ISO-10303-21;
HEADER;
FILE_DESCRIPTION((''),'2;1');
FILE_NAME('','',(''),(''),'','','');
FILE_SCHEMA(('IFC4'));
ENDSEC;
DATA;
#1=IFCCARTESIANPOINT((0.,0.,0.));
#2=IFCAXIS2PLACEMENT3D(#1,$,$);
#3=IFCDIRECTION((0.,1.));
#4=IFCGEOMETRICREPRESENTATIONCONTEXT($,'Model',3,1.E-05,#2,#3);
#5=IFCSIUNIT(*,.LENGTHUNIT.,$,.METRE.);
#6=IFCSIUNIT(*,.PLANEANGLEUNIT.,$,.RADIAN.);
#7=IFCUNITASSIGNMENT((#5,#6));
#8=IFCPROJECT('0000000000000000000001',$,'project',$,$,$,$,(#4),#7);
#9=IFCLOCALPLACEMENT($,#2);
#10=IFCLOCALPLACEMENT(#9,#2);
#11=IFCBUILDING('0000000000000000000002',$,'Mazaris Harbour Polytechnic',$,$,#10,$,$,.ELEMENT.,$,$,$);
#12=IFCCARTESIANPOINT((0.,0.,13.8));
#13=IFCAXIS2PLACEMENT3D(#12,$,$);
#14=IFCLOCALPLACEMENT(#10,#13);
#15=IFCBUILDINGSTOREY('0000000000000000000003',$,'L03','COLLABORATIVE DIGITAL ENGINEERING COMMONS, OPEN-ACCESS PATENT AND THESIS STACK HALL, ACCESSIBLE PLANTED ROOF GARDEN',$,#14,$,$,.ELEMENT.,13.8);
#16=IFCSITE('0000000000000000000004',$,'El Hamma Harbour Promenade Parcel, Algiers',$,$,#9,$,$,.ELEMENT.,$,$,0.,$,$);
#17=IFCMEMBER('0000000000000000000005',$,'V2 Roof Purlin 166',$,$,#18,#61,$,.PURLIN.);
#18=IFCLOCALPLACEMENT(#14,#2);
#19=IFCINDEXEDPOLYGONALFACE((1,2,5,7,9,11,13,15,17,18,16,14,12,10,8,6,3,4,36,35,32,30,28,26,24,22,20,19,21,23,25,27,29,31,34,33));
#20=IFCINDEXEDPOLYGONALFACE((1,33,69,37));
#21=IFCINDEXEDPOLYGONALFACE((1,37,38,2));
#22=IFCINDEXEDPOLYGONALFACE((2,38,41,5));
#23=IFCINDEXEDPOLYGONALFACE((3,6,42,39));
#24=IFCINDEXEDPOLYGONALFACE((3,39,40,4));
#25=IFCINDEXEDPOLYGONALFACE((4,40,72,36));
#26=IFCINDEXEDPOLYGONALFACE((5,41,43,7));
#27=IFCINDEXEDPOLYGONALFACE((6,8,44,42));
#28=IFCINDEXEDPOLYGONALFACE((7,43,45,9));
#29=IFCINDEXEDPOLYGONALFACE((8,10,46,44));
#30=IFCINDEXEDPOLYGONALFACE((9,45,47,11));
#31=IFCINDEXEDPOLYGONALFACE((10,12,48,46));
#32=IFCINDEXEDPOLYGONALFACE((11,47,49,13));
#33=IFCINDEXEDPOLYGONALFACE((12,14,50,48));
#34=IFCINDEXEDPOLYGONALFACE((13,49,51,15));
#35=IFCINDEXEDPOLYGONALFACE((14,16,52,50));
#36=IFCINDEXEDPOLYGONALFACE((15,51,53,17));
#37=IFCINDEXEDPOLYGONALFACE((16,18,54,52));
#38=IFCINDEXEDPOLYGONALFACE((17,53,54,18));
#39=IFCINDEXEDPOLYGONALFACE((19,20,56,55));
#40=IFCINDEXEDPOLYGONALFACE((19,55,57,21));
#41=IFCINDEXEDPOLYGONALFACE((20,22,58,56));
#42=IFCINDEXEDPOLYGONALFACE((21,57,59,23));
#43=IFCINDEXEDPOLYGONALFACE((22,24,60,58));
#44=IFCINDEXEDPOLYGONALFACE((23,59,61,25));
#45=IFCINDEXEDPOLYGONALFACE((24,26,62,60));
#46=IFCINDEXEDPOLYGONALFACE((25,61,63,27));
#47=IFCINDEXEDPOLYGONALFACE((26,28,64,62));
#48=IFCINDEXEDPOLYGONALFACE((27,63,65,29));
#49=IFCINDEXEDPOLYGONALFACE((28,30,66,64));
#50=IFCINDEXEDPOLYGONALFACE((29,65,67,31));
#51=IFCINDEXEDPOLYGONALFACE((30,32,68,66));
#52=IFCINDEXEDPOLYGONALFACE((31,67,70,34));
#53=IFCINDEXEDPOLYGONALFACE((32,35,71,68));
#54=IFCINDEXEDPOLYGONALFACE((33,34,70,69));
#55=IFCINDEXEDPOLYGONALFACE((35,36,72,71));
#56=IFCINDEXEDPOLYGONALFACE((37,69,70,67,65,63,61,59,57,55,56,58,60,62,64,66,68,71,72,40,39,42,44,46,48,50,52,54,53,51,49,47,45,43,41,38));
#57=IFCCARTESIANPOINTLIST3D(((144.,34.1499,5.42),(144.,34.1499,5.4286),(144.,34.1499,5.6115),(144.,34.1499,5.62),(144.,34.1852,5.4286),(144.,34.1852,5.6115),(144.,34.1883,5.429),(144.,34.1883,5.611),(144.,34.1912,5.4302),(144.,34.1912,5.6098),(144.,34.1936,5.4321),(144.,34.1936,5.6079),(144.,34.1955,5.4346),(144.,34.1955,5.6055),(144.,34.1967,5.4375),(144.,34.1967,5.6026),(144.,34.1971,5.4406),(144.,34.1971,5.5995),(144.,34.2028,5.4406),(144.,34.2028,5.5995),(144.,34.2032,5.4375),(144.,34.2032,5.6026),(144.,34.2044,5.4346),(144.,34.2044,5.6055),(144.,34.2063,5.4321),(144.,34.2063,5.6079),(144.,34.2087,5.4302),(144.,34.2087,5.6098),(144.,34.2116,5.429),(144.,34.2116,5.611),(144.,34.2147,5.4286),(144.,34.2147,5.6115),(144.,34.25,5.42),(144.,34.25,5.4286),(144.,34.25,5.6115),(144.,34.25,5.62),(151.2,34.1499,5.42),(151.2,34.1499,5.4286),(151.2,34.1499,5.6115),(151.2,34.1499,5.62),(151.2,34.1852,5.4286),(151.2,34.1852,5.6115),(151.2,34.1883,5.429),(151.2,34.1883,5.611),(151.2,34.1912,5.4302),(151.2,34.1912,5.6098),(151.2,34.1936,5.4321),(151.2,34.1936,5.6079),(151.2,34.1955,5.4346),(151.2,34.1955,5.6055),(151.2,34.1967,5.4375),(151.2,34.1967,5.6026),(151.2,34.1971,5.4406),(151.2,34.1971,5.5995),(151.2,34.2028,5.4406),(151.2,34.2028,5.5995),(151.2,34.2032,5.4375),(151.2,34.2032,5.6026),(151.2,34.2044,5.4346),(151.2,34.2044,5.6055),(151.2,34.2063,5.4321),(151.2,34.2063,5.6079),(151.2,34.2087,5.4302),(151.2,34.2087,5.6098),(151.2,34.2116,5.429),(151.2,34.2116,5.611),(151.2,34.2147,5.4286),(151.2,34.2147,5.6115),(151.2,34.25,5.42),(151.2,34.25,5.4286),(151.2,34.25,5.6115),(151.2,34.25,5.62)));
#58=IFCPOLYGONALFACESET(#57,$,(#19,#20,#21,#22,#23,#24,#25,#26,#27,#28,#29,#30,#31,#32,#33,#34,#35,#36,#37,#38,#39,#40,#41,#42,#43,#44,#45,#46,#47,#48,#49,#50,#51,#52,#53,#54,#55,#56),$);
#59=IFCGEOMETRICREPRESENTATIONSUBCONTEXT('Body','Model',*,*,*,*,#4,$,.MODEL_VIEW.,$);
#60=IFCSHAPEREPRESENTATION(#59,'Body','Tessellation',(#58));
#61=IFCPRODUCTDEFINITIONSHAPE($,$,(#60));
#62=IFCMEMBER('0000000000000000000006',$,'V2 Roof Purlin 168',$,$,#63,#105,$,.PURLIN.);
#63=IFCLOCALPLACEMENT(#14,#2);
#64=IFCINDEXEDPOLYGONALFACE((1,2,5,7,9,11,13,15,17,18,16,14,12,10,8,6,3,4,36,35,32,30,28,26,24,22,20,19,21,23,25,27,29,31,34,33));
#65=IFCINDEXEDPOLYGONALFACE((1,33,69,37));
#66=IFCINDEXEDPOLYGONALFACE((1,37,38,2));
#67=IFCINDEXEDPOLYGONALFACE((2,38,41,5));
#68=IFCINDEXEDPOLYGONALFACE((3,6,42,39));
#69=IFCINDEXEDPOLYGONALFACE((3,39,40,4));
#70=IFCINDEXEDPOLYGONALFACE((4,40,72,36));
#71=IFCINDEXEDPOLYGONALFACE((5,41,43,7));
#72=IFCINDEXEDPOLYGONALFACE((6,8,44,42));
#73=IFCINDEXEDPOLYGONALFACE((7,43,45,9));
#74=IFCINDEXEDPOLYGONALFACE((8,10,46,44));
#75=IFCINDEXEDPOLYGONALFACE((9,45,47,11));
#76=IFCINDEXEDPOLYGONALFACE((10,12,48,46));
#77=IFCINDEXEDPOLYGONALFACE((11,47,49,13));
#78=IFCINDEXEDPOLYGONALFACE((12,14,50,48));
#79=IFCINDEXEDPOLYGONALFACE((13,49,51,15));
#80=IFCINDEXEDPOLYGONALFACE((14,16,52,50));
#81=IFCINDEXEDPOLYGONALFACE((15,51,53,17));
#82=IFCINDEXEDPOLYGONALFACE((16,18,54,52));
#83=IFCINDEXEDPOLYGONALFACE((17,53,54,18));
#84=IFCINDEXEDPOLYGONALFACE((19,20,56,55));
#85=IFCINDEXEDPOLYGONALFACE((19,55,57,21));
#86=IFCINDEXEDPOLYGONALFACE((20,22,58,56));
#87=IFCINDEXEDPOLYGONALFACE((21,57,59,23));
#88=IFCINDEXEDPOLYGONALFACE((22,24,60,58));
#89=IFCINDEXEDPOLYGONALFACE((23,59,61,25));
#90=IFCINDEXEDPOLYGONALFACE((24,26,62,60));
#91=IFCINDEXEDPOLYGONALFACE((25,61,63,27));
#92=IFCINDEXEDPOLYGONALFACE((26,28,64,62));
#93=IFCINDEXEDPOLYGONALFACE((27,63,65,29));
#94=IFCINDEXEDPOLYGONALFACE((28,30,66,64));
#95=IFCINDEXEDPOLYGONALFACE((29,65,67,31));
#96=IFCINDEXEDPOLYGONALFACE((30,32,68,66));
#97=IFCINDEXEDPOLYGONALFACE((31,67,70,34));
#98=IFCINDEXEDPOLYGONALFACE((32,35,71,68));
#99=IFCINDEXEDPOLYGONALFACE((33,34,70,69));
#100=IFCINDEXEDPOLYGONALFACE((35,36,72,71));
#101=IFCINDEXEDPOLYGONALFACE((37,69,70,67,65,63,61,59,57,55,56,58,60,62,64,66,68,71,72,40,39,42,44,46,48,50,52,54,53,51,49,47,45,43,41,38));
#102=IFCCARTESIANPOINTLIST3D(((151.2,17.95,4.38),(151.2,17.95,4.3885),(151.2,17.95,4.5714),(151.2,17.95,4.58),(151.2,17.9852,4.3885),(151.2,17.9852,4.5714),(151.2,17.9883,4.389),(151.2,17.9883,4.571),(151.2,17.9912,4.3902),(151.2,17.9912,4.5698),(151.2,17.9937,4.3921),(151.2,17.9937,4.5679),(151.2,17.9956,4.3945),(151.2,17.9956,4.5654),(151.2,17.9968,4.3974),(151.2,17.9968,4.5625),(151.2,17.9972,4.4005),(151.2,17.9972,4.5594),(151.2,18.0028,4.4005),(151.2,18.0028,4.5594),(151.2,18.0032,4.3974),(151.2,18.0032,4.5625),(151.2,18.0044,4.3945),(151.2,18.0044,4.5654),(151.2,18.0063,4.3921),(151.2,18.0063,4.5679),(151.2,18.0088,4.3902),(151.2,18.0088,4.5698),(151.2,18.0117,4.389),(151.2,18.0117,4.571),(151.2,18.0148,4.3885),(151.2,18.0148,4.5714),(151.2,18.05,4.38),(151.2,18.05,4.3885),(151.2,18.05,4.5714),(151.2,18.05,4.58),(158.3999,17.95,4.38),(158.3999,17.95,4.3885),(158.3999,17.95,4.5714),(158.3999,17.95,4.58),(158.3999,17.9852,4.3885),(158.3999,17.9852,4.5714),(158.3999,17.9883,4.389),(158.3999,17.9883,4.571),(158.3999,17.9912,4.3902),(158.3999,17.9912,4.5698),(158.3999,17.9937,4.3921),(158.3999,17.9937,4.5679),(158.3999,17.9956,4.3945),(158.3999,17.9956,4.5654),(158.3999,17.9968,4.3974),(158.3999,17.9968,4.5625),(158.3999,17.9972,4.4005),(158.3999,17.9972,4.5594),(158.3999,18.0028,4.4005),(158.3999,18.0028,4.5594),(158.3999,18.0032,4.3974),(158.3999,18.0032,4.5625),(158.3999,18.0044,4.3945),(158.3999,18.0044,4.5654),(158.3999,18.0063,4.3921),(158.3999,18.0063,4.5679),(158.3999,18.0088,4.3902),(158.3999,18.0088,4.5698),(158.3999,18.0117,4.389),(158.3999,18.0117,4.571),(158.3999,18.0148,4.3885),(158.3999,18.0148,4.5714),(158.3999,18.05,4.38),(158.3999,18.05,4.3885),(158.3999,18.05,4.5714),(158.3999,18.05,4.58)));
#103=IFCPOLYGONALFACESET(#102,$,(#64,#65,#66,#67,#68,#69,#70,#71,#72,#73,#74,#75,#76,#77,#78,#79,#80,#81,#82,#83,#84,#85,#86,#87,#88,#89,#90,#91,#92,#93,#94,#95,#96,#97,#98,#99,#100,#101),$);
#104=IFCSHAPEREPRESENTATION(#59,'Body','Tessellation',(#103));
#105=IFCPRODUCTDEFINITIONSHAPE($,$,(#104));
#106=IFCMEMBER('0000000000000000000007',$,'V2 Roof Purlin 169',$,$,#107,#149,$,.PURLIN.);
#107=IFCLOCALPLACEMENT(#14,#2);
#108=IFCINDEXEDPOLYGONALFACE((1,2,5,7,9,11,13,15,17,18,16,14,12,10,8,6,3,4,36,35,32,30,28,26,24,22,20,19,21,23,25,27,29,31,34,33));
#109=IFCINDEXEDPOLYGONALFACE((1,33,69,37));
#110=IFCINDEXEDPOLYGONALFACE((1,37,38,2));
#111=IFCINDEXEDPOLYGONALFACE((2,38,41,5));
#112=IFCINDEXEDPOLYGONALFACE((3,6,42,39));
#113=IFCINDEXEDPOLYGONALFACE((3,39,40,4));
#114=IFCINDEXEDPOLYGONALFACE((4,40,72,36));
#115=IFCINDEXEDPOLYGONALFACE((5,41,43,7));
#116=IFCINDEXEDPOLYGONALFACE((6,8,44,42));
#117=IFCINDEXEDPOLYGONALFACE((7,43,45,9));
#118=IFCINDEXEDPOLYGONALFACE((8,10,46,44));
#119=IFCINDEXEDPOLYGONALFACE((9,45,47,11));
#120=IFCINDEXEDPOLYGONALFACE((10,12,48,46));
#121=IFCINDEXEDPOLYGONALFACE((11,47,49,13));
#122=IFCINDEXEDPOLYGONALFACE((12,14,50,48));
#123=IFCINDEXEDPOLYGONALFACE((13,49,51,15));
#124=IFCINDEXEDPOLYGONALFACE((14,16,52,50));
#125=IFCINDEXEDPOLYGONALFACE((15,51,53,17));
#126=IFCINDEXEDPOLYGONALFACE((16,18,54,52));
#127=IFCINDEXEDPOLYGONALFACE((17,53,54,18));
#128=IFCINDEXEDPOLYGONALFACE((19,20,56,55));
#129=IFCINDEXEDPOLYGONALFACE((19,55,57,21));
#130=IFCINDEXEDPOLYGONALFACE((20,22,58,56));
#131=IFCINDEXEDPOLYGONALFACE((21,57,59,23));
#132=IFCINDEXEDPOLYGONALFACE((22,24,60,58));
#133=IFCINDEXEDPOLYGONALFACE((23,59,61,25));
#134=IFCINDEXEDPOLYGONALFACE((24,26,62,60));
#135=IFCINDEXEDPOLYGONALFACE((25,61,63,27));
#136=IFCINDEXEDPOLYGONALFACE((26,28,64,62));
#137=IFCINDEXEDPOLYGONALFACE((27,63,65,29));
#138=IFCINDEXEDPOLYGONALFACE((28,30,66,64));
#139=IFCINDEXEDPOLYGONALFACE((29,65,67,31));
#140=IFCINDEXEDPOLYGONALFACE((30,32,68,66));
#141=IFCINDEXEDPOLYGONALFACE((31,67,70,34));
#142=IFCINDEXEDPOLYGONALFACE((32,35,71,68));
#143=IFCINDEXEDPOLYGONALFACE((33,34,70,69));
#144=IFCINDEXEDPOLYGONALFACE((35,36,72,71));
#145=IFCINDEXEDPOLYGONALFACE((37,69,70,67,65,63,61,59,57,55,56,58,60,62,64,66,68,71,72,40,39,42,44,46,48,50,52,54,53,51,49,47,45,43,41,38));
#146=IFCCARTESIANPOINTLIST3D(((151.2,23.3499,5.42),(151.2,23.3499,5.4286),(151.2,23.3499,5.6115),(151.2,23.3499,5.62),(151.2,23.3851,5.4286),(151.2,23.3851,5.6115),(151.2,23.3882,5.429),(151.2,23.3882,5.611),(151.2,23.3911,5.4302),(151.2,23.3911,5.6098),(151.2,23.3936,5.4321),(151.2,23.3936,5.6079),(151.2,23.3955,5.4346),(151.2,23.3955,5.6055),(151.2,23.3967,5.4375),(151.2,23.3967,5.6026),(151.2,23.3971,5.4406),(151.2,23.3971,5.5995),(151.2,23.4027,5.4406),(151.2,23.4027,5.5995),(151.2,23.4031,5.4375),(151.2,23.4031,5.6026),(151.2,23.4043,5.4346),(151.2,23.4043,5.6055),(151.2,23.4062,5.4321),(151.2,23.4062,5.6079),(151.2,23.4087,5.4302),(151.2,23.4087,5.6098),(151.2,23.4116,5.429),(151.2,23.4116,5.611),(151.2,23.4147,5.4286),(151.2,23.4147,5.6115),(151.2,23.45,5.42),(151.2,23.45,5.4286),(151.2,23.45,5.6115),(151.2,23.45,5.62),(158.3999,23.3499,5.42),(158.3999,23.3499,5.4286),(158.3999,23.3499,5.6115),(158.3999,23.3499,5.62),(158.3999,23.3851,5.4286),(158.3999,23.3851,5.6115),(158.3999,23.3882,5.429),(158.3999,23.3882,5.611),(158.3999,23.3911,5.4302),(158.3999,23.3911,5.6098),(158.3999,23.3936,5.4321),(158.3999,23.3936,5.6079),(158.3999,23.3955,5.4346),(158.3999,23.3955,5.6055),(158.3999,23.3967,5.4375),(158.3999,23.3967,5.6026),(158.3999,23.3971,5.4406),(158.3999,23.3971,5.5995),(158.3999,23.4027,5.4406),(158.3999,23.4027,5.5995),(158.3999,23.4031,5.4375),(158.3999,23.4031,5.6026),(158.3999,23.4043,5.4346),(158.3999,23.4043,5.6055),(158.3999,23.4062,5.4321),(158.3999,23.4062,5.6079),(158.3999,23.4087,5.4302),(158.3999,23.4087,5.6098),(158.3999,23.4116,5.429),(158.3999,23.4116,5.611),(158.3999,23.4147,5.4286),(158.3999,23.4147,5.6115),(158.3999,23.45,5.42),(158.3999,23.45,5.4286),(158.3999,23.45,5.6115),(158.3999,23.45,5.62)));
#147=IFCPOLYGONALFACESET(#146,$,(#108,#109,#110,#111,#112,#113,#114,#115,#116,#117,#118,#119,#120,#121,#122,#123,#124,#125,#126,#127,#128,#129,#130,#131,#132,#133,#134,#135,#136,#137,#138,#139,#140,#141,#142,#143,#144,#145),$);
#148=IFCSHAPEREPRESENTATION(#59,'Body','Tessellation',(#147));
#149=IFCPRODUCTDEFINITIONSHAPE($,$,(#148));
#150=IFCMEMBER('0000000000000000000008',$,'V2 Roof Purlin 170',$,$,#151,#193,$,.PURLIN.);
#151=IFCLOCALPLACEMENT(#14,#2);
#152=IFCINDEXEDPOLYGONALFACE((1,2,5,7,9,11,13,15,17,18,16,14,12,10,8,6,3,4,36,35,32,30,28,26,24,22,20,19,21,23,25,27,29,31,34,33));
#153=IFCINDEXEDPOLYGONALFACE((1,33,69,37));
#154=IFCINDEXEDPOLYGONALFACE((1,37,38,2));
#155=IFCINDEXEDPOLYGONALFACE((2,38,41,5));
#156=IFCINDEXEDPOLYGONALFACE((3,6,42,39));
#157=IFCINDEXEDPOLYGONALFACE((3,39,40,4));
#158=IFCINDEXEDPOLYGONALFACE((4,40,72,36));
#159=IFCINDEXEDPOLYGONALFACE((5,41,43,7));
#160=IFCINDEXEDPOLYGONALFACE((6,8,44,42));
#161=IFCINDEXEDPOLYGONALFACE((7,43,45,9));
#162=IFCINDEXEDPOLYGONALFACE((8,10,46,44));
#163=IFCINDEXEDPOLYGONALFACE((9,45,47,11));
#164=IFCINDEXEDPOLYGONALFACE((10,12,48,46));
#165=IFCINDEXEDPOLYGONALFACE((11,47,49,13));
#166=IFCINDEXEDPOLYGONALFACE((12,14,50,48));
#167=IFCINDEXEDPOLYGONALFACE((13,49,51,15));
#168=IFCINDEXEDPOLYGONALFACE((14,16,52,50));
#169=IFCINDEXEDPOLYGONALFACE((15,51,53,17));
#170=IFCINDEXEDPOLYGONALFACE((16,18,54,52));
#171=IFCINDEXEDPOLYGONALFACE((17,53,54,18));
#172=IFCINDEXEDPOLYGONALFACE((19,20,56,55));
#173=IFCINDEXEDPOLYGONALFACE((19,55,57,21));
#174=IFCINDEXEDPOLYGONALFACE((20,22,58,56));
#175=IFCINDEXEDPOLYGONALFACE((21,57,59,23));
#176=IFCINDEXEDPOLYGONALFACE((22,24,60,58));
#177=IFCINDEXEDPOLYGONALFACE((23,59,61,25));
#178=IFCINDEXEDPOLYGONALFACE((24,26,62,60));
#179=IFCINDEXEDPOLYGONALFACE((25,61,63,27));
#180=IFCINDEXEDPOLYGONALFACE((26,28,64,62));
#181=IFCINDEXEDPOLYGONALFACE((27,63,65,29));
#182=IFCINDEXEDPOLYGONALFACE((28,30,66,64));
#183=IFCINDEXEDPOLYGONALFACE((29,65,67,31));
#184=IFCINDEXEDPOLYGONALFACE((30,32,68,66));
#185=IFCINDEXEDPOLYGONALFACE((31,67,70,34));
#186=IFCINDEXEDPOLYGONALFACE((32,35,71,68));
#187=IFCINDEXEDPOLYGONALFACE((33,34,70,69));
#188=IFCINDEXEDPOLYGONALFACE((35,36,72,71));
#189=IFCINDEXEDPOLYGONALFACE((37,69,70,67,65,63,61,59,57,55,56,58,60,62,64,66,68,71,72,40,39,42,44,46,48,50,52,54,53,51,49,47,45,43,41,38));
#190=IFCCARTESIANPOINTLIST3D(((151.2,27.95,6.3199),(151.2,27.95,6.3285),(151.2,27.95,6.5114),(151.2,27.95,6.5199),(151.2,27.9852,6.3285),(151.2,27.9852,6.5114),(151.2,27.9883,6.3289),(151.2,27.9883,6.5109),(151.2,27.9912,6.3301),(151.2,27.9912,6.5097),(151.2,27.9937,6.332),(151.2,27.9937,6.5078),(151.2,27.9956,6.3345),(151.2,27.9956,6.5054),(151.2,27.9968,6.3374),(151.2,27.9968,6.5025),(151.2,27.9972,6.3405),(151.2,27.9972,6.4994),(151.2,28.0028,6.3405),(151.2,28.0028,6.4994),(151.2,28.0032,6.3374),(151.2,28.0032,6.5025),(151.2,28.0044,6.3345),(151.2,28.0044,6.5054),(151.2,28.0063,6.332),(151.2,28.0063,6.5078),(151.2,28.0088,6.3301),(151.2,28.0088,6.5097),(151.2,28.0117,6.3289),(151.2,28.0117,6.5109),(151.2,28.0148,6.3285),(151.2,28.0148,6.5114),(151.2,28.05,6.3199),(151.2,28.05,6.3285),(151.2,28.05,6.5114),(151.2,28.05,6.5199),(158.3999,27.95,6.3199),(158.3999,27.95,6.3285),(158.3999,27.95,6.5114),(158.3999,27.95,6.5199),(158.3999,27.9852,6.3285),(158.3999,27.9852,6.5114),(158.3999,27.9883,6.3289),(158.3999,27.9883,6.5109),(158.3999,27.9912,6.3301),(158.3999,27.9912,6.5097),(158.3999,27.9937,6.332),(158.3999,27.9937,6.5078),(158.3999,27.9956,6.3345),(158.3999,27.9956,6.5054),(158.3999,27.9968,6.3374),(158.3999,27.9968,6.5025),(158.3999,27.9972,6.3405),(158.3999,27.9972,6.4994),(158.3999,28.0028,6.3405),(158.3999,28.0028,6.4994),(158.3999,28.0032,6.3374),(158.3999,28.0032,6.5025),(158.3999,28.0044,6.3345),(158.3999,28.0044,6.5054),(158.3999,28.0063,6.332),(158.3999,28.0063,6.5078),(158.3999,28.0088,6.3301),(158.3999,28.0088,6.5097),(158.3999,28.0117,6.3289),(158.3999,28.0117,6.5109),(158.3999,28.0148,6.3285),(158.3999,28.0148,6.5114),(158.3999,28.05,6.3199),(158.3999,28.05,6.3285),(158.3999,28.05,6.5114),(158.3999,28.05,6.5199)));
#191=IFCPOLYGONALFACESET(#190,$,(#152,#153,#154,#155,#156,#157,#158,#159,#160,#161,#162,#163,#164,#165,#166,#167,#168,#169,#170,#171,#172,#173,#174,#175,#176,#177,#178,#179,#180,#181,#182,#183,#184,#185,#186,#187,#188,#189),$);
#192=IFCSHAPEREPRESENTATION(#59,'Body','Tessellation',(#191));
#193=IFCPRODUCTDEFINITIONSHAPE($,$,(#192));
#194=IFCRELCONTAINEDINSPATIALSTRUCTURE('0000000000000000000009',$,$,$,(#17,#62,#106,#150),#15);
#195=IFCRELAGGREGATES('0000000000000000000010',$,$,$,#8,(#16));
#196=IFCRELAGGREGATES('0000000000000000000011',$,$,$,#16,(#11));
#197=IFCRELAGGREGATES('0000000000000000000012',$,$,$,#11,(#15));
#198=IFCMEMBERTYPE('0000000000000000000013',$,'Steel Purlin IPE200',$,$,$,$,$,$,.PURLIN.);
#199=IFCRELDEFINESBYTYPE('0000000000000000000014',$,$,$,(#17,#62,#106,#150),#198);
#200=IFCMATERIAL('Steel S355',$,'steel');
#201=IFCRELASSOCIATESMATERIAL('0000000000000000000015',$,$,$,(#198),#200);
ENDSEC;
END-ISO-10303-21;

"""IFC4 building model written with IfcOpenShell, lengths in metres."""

from ifc_helpers import new_model, si_unit, direction, frame, origin, origin_2d, place, context, subcontext, project, spatial, i_section, extrude, material, material_profile, profile_set, type_object, element, save


model = new_model("IFC4")

# Units and contexts
model_context = context("Model", 3, precision=1e-05, world=origin(), true_north=direction((0.0, 1.0)))
body_context = subcontext(model_context, "Body", "Model", "MODEL_VIEW")
ifc_project = project(units=[si_unit("LENGTHUNIT", "METRE"), si_unit("PLANEANGLEUNIT", "RADIAN")], contexts=[model_context])

# Site, building, storey
site_placement = place(None, origin())
site = spatial("IfcSite", under=ifc_project, at=site_placement, Name="El Hamma Harbour Promenade Parcel, Algiers", CompositionType="ELEMENT", RefElevation=0.0)
building_placement = place(site_placement, origin())
building = spatial("IfcBuilding", under=site, at=building_placement, Name="Mazaris Harbour Polytechnic", CompositionType="ELEMENT")
storey_placement = place(building_placement, frame((0.0, 0.0, 13.8)))
storey = spatial("IfcBuildingStorey", under=building, at=storey_placement, Name="L03", Description="COLLABORATIVE DIGITAL ENGINEERING COMMONS, OPEN-ACCESS PATENT AND THESIS STACK HALL, ACCESSIBLE PLANTED ROOF GARDEN", CompositionType="ELEMENT", Elevation=13.8)

# Members
ifc_material_1 = material(Name="Steel S355", Category="steel")
ifc_material_profile_1 = material_profile(ifc_material_1, i_section(OverallWidth=0.1001, OverallDepth=0.2, WebThickness=0.0056, FlangeThickness=0.0085, FilletRadius=0.012, at=origin_2d()), Name="IPE 200")
ifc_profile_set_1 = profile_set([ifc_material_profile_1], Name="Steel S355")
member_type_1 = type_object("IfcMemberType", Name="Steel Purlin IPE200", PredefinedType="PURLIN", material=ifc_profile_set_1)
for number, where, z_axis, x_axis, name in (
    (1, (144.0, 34.2, 5.52), (1.0, 0.0, 0.0), (0.0, 1.0, 0.0), "V2 Roof Purlin 166"),
    (2, (151.2, 18.0, 4.48), (1.0, 0.0, 0.0), (0.0, 1.0, 0.0), "V2 Roof Purlin 168"),
    (3, (151.2, 23.3999, 5.52), (1.0, 0.0, 0.0), (0.0, 1.0, 0.0), "V2 Roof Purlin 169"),
    (4, (151.2, 28.0, 6.4199), (1.0, 0.0, 0.0), (0.0, 1.0, 0.0), "V2 Roof Purlin 170"),
):
    element("IfcMember", number, at=place(storey_placement, frame(where, z_axis=z_axis, x_axis=x_axis)), inside=storey, type_object=member_type_1, Name=name, PredefinedType="PURLIN", context=body_context, shape_type="SweptSolid", body=[
        extrude(i_section(OverallWidth=0.1001, OverallDepth=0.2, WebThickness=0.0056, FlangeThickness=0.0085, FilletRadius=0.012, at=origin_2d()), origin(), (0.0, 0.0, 1.0), 7.2),
    ])

save(model, "model.ifc")
